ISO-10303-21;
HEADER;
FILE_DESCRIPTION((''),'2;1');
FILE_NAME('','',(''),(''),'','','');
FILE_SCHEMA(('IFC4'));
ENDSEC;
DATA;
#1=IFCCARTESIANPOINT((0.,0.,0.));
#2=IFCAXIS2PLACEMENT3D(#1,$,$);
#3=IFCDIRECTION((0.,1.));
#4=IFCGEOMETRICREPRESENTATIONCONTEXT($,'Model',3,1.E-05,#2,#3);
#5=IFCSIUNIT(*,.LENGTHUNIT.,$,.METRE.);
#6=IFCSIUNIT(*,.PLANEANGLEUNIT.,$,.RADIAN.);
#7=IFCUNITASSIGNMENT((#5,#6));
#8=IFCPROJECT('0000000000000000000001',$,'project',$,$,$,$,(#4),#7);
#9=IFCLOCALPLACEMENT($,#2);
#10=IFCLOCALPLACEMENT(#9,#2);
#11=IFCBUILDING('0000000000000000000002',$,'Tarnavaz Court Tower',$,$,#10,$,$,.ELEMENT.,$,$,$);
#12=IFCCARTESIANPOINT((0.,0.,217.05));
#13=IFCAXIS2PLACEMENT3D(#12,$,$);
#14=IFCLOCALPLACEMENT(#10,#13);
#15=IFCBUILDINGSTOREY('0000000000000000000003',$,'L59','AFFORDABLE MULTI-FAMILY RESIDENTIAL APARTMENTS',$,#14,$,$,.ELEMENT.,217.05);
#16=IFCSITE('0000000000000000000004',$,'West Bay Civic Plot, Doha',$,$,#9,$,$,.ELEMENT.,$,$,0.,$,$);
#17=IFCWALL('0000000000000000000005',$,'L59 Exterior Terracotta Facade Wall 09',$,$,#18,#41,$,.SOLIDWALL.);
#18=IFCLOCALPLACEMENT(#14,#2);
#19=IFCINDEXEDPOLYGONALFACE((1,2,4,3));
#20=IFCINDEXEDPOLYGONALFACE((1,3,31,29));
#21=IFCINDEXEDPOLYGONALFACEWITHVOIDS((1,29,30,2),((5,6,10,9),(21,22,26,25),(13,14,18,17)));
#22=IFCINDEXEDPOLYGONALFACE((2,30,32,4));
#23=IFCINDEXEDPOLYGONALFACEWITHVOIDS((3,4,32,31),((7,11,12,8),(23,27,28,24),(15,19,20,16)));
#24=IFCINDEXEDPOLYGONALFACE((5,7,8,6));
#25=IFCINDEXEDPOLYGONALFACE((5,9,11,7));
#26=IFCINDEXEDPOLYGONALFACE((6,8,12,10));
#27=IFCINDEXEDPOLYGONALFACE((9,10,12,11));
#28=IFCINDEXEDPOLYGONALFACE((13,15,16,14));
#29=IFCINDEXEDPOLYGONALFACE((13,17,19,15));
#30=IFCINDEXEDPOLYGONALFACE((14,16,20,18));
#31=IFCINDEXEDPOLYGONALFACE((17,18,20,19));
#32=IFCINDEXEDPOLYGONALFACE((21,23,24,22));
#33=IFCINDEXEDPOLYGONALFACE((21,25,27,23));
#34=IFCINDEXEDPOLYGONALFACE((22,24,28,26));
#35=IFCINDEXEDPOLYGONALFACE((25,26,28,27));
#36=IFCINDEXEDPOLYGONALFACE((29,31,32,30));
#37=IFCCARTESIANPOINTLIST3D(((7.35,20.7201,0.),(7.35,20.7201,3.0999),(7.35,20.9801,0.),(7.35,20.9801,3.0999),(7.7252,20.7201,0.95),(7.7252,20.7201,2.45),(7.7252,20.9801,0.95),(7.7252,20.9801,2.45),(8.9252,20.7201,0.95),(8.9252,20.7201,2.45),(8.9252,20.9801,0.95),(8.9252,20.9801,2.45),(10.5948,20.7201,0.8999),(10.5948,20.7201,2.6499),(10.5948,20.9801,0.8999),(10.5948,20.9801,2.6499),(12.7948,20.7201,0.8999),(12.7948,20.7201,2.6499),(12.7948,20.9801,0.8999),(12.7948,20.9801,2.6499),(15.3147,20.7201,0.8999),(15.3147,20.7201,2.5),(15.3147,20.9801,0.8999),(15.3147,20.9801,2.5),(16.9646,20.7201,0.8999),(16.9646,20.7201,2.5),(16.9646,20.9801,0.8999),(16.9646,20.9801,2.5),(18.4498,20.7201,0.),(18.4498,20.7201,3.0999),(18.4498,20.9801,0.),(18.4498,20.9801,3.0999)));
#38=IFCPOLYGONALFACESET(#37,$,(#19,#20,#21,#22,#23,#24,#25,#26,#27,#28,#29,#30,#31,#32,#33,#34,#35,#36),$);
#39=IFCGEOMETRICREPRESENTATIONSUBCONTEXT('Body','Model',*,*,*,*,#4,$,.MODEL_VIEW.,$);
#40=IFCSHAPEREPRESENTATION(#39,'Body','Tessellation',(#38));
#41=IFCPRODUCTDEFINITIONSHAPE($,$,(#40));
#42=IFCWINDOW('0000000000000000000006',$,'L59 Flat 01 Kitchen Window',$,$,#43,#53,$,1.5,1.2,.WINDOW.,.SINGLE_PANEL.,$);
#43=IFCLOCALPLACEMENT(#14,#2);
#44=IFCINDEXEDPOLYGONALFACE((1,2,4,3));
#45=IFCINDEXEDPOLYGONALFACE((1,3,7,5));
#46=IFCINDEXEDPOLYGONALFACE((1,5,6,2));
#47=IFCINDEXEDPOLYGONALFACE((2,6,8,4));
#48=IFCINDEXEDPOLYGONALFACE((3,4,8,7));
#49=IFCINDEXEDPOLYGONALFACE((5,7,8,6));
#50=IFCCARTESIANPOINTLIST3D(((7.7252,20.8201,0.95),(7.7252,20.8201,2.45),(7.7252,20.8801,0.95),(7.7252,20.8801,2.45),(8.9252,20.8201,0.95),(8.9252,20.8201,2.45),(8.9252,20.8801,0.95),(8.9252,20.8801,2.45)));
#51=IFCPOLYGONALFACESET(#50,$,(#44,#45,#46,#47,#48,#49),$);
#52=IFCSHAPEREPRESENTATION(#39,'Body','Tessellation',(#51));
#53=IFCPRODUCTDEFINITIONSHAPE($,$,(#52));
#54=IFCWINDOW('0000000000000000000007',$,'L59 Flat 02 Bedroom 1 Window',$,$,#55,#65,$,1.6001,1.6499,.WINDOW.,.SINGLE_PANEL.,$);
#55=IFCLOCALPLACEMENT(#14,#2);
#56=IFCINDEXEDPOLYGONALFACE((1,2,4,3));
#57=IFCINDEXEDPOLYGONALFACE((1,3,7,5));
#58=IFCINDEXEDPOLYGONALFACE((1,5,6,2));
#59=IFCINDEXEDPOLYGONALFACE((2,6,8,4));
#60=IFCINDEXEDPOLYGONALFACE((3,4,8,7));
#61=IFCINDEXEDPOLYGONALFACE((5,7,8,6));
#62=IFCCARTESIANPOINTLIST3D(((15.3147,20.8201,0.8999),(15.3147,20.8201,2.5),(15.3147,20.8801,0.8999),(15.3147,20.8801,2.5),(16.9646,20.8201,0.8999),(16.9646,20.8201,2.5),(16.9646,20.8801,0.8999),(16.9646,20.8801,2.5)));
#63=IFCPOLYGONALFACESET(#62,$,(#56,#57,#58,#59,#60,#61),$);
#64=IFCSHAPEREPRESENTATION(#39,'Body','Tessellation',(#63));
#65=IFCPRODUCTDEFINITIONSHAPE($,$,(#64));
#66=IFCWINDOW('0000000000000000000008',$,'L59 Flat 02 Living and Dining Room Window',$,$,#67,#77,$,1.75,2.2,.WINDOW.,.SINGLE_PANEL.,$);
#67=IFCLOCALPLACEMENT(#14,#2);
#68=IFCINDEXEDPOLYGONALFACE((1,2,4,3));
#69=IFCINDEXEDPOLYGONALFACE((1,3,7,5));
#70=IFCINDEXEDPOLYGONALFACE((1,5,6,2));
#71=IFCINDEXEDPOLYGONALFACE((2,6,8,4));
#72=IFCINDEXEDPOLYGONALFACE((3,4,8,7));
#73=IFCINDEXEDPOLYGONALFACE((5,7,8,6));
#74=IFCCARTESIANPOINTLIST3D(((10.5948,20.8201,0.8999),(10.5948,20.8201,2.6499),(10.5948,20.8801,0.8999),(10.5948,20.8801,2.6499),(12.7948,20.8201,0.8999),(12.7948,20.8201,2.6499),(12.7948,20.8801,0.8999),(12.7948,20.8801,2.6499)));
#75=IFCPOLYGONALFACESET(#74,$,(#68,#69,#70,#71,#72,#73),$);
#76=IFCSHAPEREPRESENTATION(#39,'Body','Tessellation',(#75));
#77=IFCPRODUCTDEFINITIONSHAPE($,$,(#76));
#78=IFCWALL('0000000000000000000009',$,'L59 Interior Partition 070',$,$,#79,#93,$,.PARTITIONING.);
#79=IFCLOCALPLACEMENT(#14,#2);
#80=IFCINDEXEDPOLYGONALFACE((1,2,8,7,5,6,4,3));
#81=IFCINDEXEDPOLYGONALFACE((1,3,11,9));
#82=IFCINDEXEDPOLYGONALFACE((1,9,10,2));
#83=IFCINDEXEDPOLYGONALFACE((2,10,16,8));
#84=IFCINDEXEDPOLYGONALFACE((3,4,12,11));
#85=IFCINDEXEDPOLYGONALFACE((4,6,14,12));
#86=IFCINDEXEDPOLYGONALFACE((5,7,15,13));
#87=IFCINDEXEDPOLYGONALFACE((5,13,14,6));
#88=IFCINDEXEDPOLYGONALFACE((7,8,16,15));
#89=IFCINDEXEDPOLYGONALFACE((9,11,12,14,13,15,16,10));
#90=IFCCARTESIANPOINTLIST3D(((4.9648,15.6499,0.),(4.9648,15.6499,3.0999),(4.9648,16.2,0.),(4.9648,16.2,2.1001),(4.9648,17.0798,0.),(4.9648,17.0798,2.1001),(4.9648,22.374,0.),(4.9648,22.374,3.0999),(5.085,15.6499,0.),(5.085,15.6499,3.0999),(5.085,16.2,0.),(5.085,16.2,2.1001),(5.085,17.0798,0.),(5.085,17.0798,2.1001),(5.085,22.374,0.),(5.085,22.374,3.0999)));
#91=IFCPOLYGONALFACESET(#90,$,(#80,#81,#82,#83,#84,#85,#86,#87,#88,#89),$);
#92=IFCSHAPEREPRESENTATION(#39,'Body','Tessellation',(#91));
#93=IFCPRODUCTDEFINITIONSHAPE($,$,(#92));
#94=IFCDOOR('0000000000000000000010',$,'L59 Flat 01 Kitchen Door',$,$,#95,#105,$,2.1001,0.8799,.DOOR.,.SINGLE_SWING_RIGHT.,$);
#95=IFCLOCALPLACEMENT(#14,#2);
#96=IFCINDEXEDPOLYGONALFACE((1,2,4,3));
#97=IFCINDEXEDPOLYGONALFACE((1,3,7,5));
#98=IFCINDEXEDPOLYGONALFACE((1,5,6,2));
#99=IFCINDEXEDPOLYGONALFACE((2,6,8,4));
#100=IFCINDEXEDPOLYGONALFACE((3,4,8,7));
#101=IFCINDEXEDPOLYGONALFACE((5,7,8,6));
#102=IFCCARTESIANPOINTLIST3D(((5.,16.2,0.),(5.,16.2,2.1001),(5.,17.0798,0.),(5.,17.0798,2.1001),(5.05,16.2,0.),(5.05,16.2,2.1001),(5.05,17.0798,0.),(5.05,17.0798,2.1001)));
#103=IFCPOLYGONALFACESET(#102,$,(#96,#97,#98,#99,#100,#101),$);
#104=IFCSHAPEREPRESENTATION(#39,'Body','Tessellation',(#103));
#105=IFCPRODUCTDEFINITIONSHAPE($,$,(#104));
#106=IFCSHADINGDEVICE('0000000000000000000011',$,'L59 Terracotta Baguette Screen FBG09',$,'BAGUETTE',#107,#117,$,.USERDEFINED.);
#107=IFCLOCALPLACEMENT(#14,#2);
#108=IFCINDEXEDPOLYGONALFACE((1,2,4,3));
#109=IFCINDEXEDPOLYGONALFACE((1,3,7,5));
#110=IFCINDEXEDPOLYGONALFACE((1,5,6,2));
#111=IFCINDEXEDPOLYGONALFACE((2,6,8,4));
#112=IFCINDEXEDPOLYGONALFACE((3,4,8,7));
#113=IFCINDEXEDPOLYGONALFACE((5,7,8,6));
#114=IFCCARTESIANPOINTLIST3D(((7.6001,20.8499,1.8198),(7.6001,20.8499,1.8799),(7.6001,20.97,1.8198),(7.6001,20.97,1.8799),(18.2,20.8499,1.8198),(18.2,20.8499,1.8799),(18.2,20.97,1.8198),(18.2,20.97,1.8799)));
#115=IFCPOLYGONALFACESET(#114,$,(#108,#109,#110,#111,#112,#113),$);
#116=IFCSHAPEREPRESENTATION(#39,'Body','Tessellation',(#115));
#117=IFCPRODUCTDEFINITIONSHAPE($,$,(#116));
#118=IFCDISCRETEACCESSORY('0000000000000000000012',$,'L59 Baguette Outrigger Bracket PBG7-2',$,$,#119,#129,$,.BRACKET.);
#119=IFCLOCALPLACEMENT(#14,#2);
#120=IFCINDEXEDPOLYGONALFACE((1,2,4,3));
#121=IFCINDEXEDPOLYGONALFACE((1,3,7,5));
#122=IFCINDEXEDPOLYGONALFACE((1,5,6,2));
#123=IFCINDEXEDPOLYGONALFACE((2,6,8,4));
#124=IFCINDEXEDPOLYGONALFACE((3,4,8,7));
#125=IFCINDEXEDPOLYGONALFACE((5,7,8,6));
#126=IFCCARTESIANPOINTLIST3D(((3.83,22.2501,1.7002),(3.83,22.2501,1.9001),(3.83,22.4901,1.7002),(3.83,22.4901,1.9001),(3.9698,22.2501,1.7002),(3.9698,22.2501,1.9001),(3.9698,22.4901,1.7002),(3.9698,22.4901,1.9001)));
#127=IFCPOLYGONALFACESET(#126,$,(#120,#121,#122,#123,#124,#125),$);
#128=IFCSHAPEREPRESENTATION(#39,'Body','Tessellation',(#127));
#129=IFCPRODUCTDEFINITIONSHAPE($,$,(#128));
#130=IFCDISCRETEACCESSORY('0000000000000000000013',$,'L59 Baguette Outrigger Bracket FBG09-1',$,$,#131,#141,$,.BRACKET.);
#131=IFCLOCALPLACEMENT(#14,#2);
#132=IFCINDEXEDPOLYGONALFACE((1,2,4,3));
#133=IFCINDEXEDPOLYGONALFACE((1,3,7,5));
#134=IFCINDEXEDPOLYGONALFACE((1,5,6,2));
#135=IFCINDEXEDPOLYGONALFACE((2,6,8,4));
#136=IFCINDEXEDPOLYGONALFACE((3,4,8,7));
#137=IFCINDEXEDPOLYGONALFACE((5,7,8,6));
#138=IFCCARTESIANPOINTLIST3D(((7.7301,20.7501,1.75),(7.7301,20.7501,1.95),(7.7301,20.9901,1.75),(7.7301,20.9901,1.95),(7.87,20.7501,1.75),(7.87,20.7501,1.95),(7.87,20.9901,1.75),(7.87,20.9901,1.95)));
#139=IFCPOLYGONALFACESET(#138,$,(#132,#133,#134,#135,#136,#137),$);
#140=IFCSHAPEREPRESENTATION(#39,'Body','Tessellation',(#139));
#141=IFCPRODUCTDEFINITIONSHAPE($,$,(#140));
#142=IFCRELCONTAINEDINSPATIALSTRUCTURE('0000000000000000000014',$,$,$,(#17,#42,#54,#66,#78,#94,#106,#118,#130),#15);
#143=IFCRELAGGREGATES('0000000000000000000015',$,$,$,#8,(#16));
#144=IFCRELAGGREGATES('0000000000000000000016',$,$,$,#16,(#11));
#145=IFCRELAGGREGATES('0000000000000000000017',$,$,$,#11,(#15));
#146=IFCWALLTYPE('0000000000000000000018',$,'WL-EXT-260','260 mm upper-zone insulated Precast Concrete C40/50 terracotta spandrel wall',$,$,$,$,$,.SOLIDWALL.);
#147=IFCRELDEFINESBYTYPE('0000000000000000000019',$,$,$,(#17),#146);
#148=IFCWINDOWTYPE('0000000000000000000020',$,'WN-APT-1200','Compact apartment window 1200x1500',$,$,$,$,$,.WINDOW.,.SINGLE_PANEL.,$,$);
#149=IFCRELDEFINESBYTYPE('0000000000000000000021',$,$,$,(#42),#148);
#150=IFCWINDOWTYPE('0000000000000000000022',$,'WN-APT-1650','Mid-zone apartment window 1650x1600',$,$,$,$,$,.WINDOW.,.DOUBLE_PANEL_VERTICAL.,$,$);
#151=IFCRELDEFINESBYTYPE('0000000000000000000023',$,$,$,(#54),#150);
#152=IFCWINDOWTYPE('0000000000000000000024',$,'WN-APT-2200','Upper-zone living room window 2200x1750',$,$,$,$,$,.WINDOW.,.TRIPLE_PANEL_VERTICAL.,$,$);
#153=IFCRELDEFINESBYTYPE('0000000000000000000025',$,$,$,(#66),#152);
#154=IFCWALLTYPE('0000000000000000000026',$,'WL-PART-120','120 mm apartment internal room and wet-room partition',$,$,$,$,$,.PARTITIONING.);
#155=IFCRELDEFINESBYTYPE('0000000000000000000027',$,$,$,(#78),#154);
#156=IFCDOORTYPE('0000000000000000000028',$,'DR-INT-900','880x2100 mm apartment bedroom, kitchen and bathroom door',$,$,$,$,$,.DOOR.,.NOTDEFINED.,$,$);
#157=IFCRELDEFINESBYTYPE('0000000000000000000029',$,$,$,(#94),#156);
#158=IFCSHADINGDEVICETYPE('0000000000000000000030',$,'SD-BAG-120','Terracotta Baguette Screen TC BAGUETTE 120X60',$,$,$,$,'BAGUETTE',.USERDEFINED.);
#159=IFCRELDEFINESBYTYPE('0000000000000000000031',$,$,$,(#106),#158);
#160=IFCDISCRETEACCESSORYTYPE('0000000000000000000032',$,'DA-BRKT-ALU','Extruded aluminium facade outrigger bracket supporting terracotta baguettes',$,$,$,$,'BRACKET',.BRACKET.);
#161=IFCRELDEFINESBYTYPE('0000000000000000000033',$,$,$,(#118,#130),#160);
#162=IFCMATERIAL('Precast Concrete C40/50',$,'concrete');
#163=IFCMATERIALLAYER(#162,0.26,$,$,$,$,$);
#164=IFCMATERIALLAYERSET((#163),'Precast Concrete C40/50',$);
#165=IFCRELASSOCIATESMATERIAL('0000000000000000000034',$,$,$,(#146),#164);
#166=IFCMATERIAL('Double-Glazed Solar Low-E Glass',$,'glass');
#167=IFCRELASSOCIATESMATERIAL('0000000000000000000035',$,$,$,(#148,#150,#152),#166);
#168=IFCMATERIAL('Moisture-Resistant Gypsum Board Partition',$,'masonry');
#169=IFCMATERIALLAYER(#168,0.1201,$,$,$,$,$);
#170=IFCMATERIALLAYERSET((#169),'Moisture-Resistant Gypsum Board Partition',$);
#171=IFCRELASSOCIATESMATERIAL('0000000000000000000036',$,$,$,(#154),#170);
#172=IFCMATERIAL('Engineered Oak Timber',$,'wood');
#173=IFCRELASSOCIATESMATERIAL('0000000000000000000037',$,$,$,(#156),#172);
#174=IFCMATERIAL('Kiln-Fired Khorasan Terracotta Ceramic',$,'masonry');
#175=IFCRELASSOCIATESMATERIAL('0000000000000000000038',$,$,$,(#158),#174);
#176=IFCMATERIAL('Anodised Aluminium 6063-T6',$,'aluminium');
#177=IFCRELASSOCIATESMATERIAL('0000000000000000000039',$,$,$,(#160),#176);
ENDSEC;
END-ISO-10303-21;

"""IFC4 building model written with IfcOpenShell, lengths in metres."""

from ifc_helpers import new_model, si_unit, direction, frame, frame_2d, origin, origin_2d, place, context, subcontext, project, spatial, rectangle, extrude, material, layer, layer_set, material_profile, profile_set, type_object, element, fill, save


model = new_model("IFC4")

# Units and contexts
model_context = context("Model", 3, precision=1e-05, world=origin(), true_north=direction((0.0, 1.0)))
body_context = subcontext(model_context, "Body", "Model", "MODEL_VIEW")
ifc_project = project(units=[si_unit("LENGTHUNIT", "METRE"), si_unit("PLANEANGLEUNIT", "RADIAN")], contexts=[model_context])

# Site, building, storey
site_placement = place(None, origin())
site = spatial("IfcSite", under=ifc_project, at=site_placement, Name="West Bay Civic Plot, Doha", CompositionType="ELEMENT", RefElevation=0.0)
building_placement = place(site_placement, origin())
building = spatial("IfcBuilding", under=site, at=building_placement, Name="Tarnavaz Court Tower", CompositionType="ELEMENT")
storey_placement = place(building_placement, frame((0.0, 0.0, 217.05)))
storey = spatial("IfcBuildingStorey", under=building, at=storey_placement, Name="L59", Description="AFFORDABLE MULTI-FAMILY RESIDENTIAL APARTMENTS", CompositionType="ELEMENT", Elevation=217.05)

# Shared definitions
ifc_material_1 = material(Name="Anodised Aluminium 6063-T6", Category="aluminium")
ifc_material_2 = material(Name="Double-Glazed Solar Low-E Glass", Category="glass")

# Shared definitions
ifc_material_3 = material(Name="Precast Concrete C40/50", Category="concrete")
ifc_layer_1 = layer(ifc_material_3, 0.26)
ifc_layer_set_1 = layer_set([ifc_layer_1], Name="Precast Concrete C40/50")
wall_type_1 = type_object("IfcWallType", Name="WL-EXT-260", Description="260 mm upper-zone insulated Precast Concrete C40/50 terracotta spandrel wall", PredefinedType="SOLIDWALL", material=ifc_layer_set_1)
window_type_1 = type_object("IfcWindowType", Name="WN-APT-1200", Description="Compact apartment window 1200x1500", PartitioningType="SINGLE_PANEL", PredefinedType="WINDOW", material=ifc_material_2)

# Wall, openings, windows
wall_1_placement = place(storey_placement, frame((7.3501, 20.8501, 0.0), z_axis=(0.0, 0.0, 1.0), x_axis=(1.0, 0.0, 0.0)))
wall_1 = element("IfcWall", 1, at=wall_1_placement, inside=storey, type_object=wall_type_1, Name="L59 Exterior Terracotta Facade Wall 09", PredefinedType="SOLIDWALL", context=body_context, shape_type="SweptSolid", body=[
    extrude(rectangle(XDim=11.0999, YDim=0.26, at=frame_2d((5.5498, 0.0))), origin(), (0.0, 0.0, 1.0), 3.0999),
])
opening_1_placement = place(wall_1_placement, frame((0.375, 0.0, 0.95)))
opening_1 = element("IfcOpeningElement", 2, at=opening_1_placement, cuts=wall_1, PredefinedType="OPENING", context=body_context, shape_type="SweptSolid", body=[
    extrude(rectangle(XDim=1.2, YDim=1.5, at=frame_2d((0.6001, 0.75))), frame((0.0, 0.1399, 0.0), z_axis=(0.0, -1.0, 0.0), x_axis=(1.0, 0.0, 0.0)), (0.0, 0.0, 1.0), 0.28),
])
opening_2_placement = place(wall_1_placement, frame((3.2446, 0.0, 0.8999)))
opening_2 = element("IfcOpeningElement", 3, at=opening_2_placement, cuts=wall_1, PredefinedType="OPENING", context=body_context, shape_type="SweptSolid", body=[
    extrude(rectangle(XDim=2.2, YDim=1.75, at=frame_2d((1.1001, 0.875))), frame((0.0, 0.1399, 0.0), z_axis=(0.0, -1.0, 0.0), x_axis=(1.0, 0.0, 0.0)), (0.0, 0.0, 1.0), 0.28),
])
opening_3_placement = place(wall_1_placement, frame((7.9646, 0.0, 0.8999)))
opening_3 = element("IfcOpeningElement", 4, at=opening_3_placement, cuts=wall_1, PredefinedType="OPENING", context=body_context, shape_type="SweptSolid", body=[
    extrude(rectangle(XDim=1.6499, YDim=1.6001, at=frame_2d((0.825, 0.8))), frame((0.0, 0.1399, 0.0), z_axis=(0.0, -1.0, 0.0), x_axis=(1.0, 0.0, 0.0)), (0.0, 0.0, 1.0), 0.28),
])
window_1_placement = place(opening_1_placement, origin())
window_1 = element("IfcWindow", 5, at=window_1_placement, inside=storey, type_object=window_type_1, Name="L59 Flat 01 Kitchen Window", OverallHeight=1.5, OverallWidth=1.2, PartitioningType="SINGLE_PANEL", PredefinedType="WINDOW", context=body_context, shape_type="SweptSolid", body=[
    extrude(rectangle(XDim=1.2, YDim=1.5, at=frame_2d((0.6001, 0.75))), frame((0.0, 0.03, 0.0), z_axis=(0.0, -1.0, 0.0), x_axis=(1.0, 0.0, 0.0)), (0.0, 0.0, 1.0), 0.0601),
])
fill(opening_1, window_1)
window_type_2 = type_object("IfcWindowType", Name="WN-APT-1650", Description="Mid-zone apartment window 1650x1600", PartitioningType="DOUBLE_PANEL_VERTICAL", PredefinedType="WINDOW", material=ifc_material_2)
window_2_placement = place(opening_3_placement, origin())
window_2 = element("IfcWindow", 6, at=window_2_placement, inside=storey, type_object=window_type_2, Name="L59 Flat 02 Bedroom 1 Window", OverallHeight=1.6001, OverallWidth=1.6499, PartitioningType="SINGLE_PANEL", PredefinedType="WINDOW", context=body_context, shape_type="SweptSolid", body=[
    extrude(rectangle(XDim=1.6499, YDim=1.6001, at=frame_2d((0.825, 0.8))), frame((0.0, 0.03, 0.0), z_axis=(0.0, -1.0, 0.0), x_axis=(1.0, 0.0, 0.0)), (0.0, 0.0, 1.0), 0.0601),
])
fill(opening_3, window_2)
window_type_3 = type_object("IfcWindowType", Name="WN-APT-2200", Description="Upper-zone living room window 2200x1750", PartitioningType="TRIPLE_PANEL_VERTICAL", PredefinedType="WINDOW", material=ifc_material_2)
window_3_placement = place(opening_2_placement, origin())
window_3 = element("IfcWindow", 7, at=window_3_placement, inside=storey, type_object=window_type_3, Name="L59 Flat 02 Living and Dining Room Window", OverallHeight=1.75, OverallWidth=2.2, PartitioningType="SINGLE_PANEL", PredefinedType="WINDOW", context=body_context, shape_type="SweptSolid", body=[
    extrude(rectangle(XDim=2.2, YDim=1.75, at=frame_2d((1.1001, 0.875))), frame((0.0, 0.03, 0.0), z_axis=(0.0, -1.0, 0.0), x_axis=(1.0, 0.0, 0.0)), (0.0, 0.0, 1.0), 0.0601),
])
fill(opening_2, window_3)

# Wall, opening, door
ifc_material_4 = material(Name="Moisture-Resistant Gypsum Board Partition", Category="masonry")
ifc_layer_2 = layer(ifc_material_4, 0.1201)
ifc_layer_set_2 = layer_set([ifc_layer_2], Name="Moisture-Resistant Gypsum Board Partition")
wall_type_2 = type_object("IfcWallType", Name="WL-PART-120", Description="120 mm apartment internal room and wet-room partition", PredefinedType="PARTITIONING", material=ifc_layer_set_2)
wall_2_placement = place(storey_placement, frame((5.0249, 15.6499, 0.0), z_axis=(0.0, 0.0, 1.0), x_axis=(0.0, 1.0, 0.0)))
wall_2 = element("IfcWall", 8, at=wall_2_placement, inside=storey, type_object=wall_type_2, Name="L59 Interior Partition 070", PredefinedType="PARTITIONING", context=body_context, shape_type="SweptSolid", body=[
    extrude(rectangle(XDim=6.7241, YDim=0.1201, at=frame_2d((3.3621, 0.0))), origin(), (0.0, 0.0, 1.0), 3.0999),
])
opening_4_placement = place(wall_2_placement, frame((0.55, 0.0, 0.0)))
opening_4 = element("IfcOpeningElement", 9, at=opening_4_placement, cuts=wall_2, PredefinedType="OPENING", context=body_context, shape_type="SweptSolid", body=[
    extrude(rectangle(XDim=0.8799, YDim=2.1001, at=frame_2d((0.4399, 1.05))), frame((0.0, 0.0701, 0.0), z_axis=(0.0, -1.0, 0.0), x_axis=(1.0, 0.0, 0.0)), (0.0, 0.0, 1.0), 0.1401),
])
ifc_material_5 = material(Name="Engineered Oak Timber", Category="wood")
door_type = type_object("IfcDoorType", Name="DR-INT-900", Description="880x2100 mm apartment bedroom, kitchen and bathroom door", OperationType="NOTDEFINED", PredefinedType="DOOR", material=ifc_material_5)
door_placement = place(opening_4_placement, origin())
door = element("IfcDoor", 10, at=door_placement, inside=storey, type_object=door_type, Name="L59 Flat 01 Kitchen Door", OperationType="SINGLE_SWING_RIGHT", OverallHeight=2.1001, OverallWidth=0.8799, PredefinedType="DOOR", context=body_context, shape_type="SweptSolid", body=[
    extrude(rectangle(XDim=0.8799, YDim=2.1001, at=frame_2d((0.4399, 1.05))), frame((0.0, 0.0249, 0.0), z_axis=(0.0, -1.0, 0.0), x_axis=(1.0, 0.0, 0.0)), (0.0, 0.0, 1.0), 0.05),
])
fill(opening_4, door)

# Shading device
ifc_material_6 = material(Name="Kiln-Fired Khorasan Terracotta Ceramic", Category="masonry")
ifc_material_profile_1 = material_profile(ifc_material_6, rectangle(XDim=0.1201, YDim=0.0601, at=origin_2d()), Name="TC BAGUETTE 120X60")
ifc_profile_set_1 = profile_set([ifc_material_profile_1], Name="Kiln-Fired Khorasan Terracotta Ceramic")
shading_device_type = type_object("IfcShadingDeviceType", Name="SD-BAG-120", Description="Terracotta Baguette Screen TC BAGUETTE 120X60", ElementType="BAGUETTE", PredefinedType="USERDEFINED", material=ifc_profile_set_1)
shading_device_placement = place(storey_placement, frame((7.6001, 20.9099, 1.8499), z_axis=(1.0, 0.0, 0.0), x_axis=(0.0, 1.0, 0.0)))
element("IfcShadingDevice", 11, at=shading_device_placement, inside=storey, type_object=shading_device_type, Name="L59 Terracotta Baguette Screen FBG09", ObjectType="BAGUETTE", PredefinedType="USERDEFINED", context=body_context, shape_type="SweptSolid", body=[
    extrude(rectangle(XDim=0.1201, YDim=0.0601, at=origin_2d()), origin(), (0.0, 0.0, 1.0), 10.5999),
])

# Discrete accessories
discrete_accessory_type = type_object("IfcDiscreteAccessoryType", Name="DA-BRKT-ALU", Description="Extruded aluminium facade outrigger bracket supporting terracotta baguettes", ElementType="BRACKET", PredefinedType="BRACKET", material=ifc_material_1)
for number, where, z_axis, x_axis, name in (
    (12, (3.8999, 22.3701, 1.7002), (0.0, 0.0, 1.0), (1.0, 0.0, 0.0), "L59 Baguette Outrigger Bracket PBG7-2"),
    (13, (7.8, 20.8701, 1.75), (0.0, 0.0, 1.0), (1.0, 0.0, 0.0), "L59 Baguette Outrigger Bracket FBG09-1"),
):
    element("IfcDiscreteAccessory", number, at=place(storey_placement, frame(where, z_axis=z_axis, x_axis=x_axis)), inside=storey, type_object=discrete_accessory_type, Name=name, PredefinedType="BRACKET", context=body_context, shape_type="SweptSolid", body=[
        extrude(rectangle(XDim=0.1399, YDim=0.24, at=origin_2d()), origin(), (0.0, 0.0, 1.0), 0.2),
    ])

save(model, "model.ifc")
